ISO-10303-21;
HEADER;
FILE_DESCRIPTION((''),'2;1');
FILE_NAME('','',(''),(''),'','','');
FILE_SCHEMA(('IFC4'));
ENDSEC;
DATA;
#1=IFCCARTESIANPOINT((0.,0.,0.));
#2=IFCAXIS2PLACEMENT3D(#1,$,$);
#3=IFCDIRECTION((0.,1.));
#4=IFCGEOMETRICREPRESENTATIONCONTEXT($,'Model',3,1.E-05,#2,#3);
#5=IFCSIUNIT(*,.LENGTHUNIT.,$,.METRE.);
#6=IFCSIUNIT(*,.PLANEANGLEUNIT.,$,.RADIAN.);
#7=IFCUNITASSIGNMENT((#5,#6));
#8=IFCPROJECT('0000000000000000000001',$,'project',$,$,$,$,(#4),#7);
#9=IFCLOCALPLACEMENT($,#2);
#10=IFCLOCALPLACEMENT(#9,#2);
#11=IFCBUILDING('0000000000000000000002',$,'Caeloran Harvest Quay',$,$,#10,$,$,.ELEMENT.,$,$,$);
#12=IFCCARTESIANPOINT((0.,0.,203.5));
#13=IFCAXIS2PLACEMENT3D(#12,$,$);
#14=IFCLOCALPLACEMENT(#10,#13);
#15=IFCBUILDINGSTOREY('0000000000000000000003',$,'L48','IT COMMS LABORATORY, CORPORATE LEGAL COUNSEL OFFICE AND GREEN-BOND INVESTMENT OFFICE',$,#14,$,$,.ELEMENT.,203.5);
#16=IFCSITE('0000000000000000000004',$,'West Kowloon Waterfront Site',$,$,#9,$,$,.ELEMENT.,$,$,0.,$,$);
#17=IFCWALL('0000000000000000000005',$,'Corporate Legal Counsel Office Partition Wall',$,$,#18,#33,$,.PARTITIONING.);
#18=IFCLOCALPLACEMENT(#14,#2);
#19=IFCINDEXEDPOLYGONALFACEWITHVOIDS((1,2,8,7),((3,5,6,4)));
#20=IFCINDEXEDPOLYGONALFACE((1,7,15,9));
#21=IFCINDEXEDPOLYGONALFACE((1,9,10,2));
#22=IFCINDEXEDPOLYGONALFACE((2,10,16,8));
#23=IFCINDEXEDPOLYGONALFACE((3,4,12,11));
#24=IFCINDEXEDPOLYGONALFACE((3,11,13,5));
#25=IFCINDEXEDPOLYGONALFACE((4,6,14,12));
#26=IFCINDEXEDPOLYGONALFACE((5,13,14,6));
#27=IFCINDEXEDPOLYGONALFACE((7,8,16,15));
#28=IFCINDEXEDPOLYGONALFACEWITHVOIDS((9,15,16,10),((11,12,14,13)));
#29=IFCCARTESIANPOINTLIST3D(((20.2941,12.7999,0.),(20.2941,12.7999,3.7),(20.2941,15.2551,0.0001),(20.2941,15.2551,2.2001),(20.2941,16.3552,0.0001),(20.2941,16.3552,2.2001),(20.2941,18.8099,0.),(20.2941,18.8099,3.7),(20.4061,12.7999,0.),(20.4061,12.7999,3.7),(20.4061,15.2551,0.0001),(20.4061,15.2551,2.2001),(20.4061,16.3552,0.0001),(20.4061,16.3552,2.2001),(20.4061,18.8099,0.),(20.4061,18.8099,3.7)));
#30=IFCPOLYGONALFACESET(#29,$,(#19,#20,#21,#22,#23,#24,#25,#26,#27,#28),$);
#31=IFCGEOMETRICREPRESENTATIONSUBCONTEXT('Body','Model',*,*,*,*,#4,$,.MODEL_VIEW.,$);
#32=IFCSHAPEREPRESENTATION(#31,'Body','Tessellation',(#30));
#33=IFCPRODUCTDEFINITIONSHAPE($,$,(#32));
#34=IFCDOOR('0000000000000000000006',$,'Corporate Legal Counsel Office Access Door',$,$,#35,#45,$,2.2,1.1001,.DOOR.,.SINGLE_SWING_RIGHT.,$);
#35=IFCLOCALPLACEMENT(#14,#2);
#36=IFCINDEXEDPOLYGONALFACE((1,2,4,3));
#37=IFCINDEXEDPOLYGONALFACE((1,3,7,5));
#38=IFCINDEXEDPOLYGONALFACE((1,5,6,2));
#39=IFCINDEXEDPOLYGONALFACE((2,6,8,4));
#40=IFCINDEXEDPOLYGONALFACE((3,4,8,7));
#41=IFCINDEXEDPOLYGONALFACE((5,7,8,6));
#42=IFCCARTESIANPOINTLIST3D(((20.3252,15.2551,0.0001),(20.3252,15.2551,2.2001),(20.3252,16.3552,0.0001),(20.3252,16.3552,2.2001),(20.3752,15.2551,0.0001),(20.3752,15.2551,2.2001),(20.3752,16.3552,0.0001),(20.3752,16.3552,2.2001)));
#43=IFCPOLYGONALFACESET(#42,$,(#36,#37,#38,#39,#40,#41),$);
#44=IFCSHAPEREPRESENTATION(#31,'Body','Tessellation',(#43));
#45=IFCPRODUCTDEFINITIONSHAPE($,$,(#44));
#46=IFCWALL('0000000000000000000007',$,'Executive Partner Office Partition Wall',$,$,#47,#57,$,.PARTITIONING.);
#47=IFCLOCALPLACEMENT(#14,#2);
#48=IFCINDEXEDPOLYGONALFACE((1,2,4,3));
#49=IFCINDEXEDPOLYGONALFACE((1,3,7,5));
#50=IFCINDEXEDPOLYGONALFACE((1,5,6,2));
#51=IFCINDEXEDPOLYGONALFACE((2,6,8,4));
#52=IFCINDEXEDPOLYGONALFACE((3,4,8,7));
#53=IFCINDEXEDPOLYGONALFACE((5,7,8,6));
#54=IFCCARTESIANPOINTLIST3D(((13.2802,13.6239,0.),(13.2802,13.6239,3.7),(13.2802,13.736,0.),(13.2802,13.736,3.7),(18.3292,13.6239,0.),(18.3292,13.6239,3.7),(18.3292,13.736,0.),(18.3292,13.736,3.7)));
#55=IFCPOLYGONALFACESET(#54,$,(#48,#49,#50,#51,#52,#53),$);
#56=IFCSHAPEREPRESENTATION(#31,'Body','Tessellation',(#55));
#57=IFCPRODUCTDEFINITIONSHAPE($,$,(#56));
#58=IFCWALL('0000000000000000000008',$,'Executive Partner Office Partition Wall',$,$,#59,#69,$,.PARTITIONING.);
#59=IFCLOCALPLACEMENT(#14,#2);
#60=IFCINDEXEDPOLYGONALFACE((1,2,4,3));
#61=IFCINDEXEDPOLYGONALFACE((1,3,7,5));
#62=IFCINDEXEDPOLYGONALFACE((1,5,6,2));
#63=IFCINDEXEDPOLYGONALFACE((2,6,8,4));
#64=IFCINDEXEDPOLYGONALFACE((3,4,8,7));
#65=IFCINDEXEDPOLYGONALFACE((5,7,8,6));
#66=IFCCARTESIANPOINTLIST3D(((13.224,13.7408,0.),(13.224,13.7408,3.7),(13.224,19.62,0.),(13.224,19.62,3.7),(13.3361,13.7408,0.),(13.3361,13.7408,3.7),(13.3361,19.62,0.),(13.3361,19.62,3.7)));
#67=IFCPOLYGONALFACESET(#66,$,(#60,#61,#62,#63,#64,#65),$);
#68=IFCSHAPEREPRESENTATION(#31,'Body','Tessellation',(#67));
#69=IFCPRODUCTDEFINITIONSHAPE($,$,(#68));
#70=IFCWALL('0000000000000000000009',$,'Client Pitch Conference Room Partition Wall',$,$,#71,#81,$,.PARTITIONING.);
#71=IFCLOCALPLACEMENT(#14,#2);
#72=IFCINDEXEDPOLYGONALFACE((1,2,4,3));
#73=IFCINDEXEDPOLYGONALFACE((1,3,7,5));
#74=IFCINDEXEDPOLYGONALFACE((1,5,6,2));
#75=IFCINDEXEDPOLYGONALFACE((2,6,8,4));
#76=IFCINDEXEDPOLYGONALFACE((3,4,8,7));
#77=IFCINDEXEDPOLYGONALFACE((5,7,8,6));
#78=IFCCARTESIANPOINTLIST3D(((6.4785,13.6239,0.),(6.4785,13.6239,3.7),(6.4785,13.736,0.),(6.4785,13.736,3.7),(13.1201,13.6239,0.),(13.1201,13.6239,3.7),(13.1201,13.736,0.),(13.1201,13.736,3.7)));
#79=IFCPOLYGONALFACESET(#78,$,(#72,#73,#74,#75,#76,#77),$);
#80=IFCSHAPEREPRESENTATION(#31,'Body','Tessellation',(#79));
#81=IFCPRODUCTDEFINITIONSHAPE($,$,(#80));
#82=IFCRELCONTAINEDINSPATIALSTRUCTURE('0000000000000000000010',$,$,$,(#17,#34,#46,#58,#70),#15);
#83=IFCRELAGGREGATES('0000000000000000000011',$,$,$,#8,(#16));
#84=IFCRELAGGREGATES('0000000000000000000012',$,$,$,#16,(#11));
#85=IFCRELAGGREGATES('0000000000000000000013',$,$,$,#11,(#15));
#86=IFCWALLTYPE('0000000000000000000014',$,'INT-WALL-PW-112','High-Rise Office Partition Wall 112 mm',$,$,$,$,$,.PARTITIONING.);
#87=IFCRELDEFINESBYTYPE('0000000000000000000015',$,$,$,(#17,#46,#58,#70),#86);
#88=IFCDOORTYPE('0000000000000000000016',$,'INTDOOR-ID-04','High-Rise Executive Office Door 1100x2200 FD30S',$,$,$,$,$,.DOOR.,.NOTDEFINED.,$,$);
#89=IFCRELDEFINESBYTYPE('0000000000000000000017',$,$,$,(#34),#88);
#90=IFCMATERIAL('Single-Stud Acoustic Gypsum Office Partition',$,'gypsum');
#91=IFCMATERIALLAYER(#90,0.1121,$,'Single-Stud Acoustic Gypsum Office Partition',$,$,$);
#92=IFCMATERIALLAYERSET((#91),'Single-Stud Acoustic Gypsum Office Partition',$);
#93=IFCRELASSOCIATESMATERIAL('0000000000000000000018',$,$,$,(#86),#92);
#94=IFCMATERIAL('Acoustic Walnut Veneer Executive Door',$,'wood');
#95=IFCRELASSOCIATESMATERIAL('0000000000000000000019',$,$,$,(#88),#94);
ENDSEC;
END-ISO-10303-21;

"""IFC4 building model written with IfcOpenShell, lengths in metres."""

from ifc_helpers import new_model, si_unit, direction, frame, frame_2d, origin, place, context, subcontext, project, spatial, rectangle, extrude, material, layer, layer_set, type_object, element, fill, save


model = new_model("IFC4")

# Units and contexts
model_context = context("Model", 3, precision=1e-05, world=origin(), true_north=direction((0.0, 1.0)))
body_context = subcontext(model_context, "Body", "Model", "MODEL_VIEW")
ifc_project = project(units=[si_unit("LENGTHUNIT", "METRE"), si_unit("PLANEANGLEUNIT", "RADIAN")], contexts=[model_context])

# Site, building, storey
site_placement = place(None, origin())
site = spatial("IfcSite", under=ifc_project, at=site_placement, Name="West Kowloon Waterfront Site", CompositionType="ELEMENT", RefElevation=0.0)
building_placement = place(site_placement, origin())
building = spatial("IfcBuilding", under=site, at=building_placement, Name="Caeloran Harvest Quay", CompositionType="ELEMENT")
storey_placement = place(building_placement, frame((0.0, 0.0, 203.5)))
storey = spatial("IfcBuildingStorey", under=building, at=storey_placement, Name="L48", Description="IT COMMS LABORATORY, CORPORATE LEGAL COUNSEL OFFICE AND GREEN-BOND INVESTMENT OFFICE", CompositionType="ELEMENT", Elevation=203.5)

# Shared definitions
ifc_material_1 = material(Name="Single-Stud Acoustic Gypsum Office Partition", Category="gypsum")
ifc_layer_1 = layer(ifc_material_1, 0.1121, Name="Single-Stud Acoustic Gypsum Office Partition")
ifc_layer_set_1 = layer_set([ifc_layer_1], Name="Single-Stud Acoustic Gypsum Office Partition")
wall_type_1 = type_object("IfcWallType", Name="INT-WALL-PW-112", Description="High-Rise Office Partition Wall 112 mm", PredefinedType="PARTITIONING", material=ifc_layer_set_1)

# Wall, opening, door
ifc_material_2 = material(Name="Acoustic Walnut Veneer Executive Door", Category="wood")
door_type = type_object("IfcDoorType", Name="INTDOOR-ID-04", Description="High-Rise Executive Office Door 1100x2200 FD30S", OperationType="NOTDEFINED", PredefinedType="DOOR", material=ifc_material_2)
wall_1_placement = place(storey_placement, frame((20.3501, 12.8, 0.0), z_axis=(0.0, 0.0, 1.0), x_axis=(0.0, 1.0, 0.0)))
wall_1 = element("IfcWall", 1, at=wall_1_placement, inside=storey, type_object=wall_type_1, Name="Corporate Legal Counsel Office Partition Wall", PredefinedType="PARTITIONING", context=body_context, shape_type="SweptSolid", body=[
    extrude(rectangle(XDim=6.01, YDim=0.1121, at=frame_2d((3.0049, 0.0))), origin(), (0.0, 0.0, 1.0), 3.7),
])
opening_1_placement = place(wall_1_placement, frame((2.4551, 0.0, 0.0)))
opening_1 = element("IfcOpeningElement", 2, at=opening_1_placement, cuts=wall_1, PredefinedType="OPENING", context=body_context, shape_type="SweptSolid", body=[
    extrude(rectangle(XDim=1.1001, YDim=2.2, at=frame_2d((0.55, 1.1001))), frame((0.0, 0.0659, 0.0), z_axis=(0.0, -1.0, 0.0), x_axis=(1.0, 0.0, 0.0)), (0.0, 0.0, 1.0), 0.1321),
])
door_1_placement = place(opening_1_placement, origin())
door_1 = element("IfcDoor", 3, at=door_1_placement, inside=storey, type_object=door_type, Name="Corporate Legal Counsel Office Access Door", OperationType="SINGLE_SWING_RIGHT", OverallHeight=2.2, OverallWidth=1.1001, PredefinedType="DOOR", context=body_context, shape_type="SweptSolid", body=[
    extrude(rectangle(XDim=1.1001, YDim=2.2, at=frame_2d((0.55, 1.1001))), frame((0.0, 0.0249, 0.0), z_axis=(0.0, -1.0, 0.0), x_axis=(1.0, 0.0, 0.0)), (0.0, 0.0, 1.0), 0.05),
])
fill(opening_1, door_1)

# Walls
wall_2_placement = place(storey_placement, frame((18.3291, 13.6799, 0.0), z_axis=(0.0, 0.0, 1.0), x_axis=(-1.0, 0.0, 0.0)))
element("IfcWall", 4, at=wall_2_placement, inside=storey, type_object=wall_type_1, Name="Executive Partner Office Partition Wall", PredefinedType="PARTITIONING", context=body_context, shape_type="SweptSolid", body=[
    extrude(rectangle(XDim=5.0491, YDim=0.1121, at=frame_2d((2.5244, 0.0))), origin(), (0.0, 0.0, 1.0), 3.7),
])
wall_3_placement = place(storey_placement, frame((13.28, 13.741, 0.0), z_axis=(0.0, 0.0, 1.0), x_axis=(0.0, 1.0, 0.0)))
element("IfcWall", 5, at=wall_3_placement, inside=storey, type_object=wall_type_1, Name="Executive Partner Office Partition Wall", PredefinedType="PARTITIONING", context=body_context, shape_type="SweptSolid", body=[
    extrude(rectangle(XDim=5.8792, YDim=0.1121, at=frame_2d((2.9395, 0.0))), origin(), (0.0, 0.0, 1.0), 3.7),
])
wall_4_placement = place(storey_placement, frame((13.1201, 13.6799, 0.0), z_axis=(0.0, 0.0, 1.0), x_axis=(-1.0, 0.0, 0.0)))
element("IfcWall", 6, at=wall_4_placement, inside=storey, type_object=wall_type_1, Name="Client Pitch Conference Room Partition Wall", PredefinedType="PARTITIONING", context=body_context, shape_type="SweptSolid", body=[
    extrude(rectangle(XDim=6.6416, YDim=0.1121, at=frame_2d((3.3208, 0.0))), origin(), (0.0, 0.0, 1.0), 3.7),
])

save(model, "model.ifc")
